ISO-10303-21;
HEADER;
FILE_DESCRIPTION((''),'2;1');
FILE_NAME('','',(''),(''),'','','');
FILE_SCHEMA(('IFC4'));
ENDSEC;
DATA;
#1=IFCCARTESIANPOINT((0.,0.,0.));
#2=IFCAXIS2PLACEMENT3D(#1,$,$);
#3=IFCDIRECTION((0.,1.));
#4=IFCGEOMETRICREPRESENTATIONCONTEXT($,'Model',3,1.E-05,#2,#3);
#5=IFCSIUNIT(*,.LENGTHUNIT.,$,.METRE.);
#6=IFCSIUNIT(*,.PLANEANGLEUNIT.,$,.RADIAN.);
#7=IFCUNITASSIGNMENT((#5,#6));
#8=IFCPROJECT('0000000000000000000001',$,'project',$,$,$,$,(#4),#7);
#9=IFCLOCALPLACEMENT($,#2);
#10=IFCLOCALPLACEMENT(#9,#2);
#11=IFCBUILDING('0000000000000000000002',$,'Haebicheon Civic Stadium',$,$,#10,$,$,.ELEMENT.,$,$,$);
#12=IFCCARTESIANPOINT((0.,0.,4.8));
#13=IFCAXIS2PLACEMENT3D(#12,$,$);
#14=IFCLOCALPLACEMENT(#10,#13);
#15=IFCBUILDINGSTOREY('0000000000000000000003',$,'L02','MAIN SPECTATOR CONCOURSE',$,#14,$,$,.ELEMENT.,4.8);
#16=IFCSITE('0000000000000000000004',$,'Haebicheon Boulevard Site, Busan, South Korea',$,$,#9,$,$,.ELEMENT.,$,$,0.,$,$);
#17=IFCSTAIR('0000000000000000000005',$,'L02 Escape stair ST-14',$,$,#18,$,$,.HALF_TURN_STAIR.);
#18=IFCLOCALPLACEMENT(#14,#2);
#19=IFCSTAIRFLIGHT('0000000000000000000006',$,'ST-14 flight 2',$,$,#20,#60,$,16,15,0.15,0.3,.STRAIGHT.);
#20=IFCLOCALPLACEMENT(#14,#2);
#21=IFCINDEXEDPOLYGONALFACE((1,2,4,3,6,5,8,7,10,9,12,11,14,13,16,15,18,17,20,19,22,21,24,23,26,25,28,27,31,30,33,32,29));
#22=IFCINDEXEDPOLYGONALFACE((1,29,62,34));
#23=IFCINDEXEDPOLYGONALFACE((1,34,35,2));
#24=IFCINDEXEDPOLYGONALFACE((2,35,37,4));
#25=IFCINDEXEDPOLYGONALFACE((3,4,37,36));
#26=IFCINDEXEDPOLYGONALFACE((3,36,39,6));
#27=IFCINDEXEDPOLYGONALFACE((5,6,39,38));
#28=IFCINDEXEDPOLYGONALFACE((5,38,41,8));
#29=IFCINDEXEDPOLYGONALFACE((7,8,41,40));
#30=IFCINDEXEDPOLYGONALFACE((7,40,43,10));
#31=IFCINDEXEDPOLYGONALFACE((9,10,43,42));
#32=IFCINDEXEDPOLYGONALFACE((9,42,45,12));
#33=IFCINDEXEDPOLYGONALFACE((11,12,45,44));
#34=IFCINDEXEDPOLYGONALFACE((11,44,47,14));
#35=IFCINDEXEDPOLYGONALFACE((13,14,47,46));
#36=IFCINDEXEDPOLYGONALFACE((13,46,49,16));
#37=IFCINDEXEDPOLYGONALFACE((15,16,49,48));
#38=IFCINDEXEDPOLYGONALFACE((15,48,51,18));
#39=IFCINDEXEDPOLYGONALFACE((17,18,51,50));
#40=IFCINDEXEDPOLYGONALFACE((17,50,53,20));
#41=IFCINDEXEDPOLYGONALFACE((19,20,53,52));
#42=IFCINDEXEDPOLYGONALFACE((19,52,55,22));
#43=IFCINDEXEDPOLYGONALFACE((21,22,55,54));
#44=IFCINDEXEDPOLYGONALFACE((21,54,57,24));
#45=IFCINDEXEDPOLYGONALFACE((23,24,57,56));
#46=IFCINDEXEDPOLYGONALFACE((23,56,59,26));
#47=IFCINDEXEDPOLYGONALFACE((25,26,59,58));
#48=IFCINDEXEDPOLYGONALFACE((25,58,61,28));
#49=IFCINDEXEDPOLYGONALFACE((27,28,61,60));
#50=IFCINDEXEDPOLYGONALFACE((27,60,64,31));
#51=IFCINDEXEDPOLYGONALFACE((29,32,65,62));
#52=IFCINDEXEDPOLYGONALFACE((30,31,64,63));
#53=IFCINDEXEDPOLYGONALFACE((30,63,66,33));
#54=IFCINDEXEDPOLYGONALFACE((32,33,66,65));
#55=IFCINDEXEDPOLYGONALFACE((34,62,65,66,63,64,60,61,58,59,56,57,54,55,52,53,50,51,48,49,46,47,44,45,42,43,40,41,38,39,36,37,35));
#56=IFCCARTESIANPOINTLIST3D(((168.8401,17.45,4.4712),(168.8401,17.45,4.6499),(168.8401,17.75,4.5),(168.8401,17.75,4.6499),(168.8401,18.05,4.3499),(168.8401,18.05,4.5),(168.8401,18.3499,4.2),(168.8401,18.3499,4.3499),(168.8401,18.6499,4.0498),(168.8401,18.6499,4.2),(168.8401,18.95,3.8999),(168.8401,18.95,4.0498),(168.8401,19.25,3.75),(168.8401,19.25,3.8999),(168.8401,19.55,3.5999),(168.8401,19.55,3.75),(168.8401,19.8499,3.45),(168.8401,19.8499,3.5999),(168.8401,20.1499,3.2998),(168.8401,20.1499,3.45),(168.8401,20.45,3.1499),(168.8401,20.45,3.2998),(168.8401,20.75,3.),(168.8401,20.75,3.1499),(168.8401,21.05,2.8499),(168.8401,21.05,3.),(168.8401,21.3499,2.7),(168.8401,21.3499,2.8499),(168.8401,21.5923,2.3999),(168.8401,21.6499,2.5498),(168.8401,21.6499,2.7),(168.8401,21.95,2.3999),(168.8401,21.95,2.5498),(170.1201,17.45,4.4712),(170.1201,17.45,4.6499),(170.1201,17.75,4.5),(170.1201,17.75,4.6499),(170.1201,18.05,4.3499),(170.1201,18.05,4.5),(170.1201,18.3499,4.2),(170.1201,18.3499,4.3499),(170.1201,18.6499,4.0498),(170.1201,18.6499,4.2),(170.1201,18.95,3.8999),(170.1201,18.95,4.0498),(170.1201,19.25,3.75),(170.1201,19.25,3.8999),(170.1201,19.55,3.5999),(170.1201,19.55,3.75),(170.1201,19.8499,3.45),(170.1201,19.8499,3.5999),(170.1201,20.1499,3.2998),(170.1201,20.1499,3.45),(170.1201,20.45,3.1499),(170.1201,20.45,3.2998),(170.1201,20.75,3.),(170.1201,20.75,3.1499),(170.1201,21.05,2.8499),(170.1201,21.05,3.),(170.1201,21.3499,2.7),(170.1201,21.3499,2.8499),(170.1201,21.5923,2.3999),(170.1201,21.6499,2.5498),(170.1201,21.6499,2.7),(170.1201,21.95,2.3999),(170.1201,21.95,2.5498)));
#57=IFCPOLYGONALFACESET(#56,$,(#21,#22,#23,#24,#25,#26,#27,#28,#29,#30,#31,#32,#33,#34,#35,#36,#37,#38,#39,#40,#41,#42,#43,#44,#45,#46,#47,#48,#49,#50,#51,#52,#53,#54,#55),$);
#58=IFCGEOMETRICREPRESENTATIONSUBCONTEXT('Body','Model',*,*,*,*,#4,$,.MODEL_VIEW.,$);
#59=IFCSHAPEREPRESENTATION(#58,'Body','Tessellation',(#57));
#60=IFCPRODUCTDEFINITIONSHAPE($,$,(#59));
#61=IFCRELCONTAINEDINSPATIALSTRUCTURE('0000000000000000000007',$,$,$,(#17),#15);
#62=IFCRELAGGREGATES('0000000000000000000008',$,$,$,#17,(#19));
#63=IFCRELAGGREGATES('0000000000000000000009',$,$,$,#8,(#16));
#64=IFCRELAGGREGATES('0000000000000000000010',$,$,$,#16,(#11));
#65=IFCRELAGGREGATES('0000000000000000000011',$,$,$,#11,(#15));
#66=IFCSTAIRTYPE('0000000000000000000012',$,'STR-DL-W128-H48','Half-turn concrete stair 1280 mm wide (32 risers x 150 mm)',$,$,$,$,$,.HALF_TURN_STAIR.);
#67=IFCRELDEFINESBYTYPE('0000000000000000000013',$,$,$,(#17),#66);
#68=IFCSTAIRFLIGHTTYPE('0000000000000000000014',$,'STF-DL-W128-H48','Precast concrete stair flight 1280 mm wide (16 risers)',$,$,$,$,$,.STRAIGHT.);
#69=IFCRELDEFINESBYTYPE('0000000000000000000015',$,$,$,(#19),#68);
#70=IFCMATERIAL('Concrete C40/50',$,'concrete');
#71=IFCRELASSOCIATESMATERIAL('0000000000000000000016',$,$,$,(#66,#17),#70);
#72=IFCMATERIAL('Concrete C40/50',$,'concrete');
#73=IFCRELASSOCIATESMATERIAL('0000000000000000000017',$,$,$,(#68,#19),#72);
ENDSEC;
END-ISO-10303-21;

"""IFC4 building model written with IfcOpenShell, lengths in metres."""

from ifc_helpers import new_model, si_unit, direction, frame, origin, place, context, subcontext, project, spatial, polyline, outline, extrude, material, type_object, element, aggregate, save


model = new_model("IFC4")

# Units and contexts
model_context = context("Model", 3, precision=1e-05, world=origin(), true_north=direction((0.0, 1.0)))
body_context = subcontext(model_context, "Body", "Model", "MODEL_VIEW")
ifc_project = project(units=[si_unit("LENGTHUNIT", "METRE"), si_unit("PLANEANGLEUNIT", "RADIAN")], contexts=[model_context])

# Site, building, storey
site_placement = place(None, origin())
site = spatial("IfcSite", under=ifc_project, at=site_placement, Name="Haebicheon Boulevard Site, Busan, South Korea", CompositionType="ELEMENT", RefElevation=0.0)
building_placement = place(site_placement, origin())
building = spatial("IfcBuilding", under=site, at=building_placement, Name="Haebicheon Civic Stadium", CompositionType="ELEMENT")
storey_placement = place(building_placement, frame((0.0, 0.0, 4.8)))
storey = spatial("IfcBuildingStorey", under=building, at=storey_placement, Name="L02", Description="MAIN SPECTATOR CONCOURSE", CompositionType="ELEMENT", Elevation=4.8)

# Stair, stair flight
ifc_material_1 = material(Name="Concrete C40/50", Category="concrete")
stair_type = type_object("IfcStairType", Name="STR-DL-W128-H48", Description="Half-turn concrete stair 1280 mm wide (32 risers x 150 mm)", PredefinedType="HALF_TURN_STAIR", material=ifc_material_1)
stair_placement = place(storey_placement, origin())
stair = element("IfcStair", 1, at=stair_placement, inside=storey, type_object=stair_type, material=ifc_material_1, Name="L02 Escape stair ST-14", PredefinedType="HALF_TURN_STAIR")
ifc_material_2 = material(Name="Concrete C40/50", Category="concrete")
stair_flight_type = type_object("IfcStairFlightType", Name="STF-DL-W128-H48", Description="Precast concrete stair flight 1280 mm wide (16 risers)", PredefinedType="STRAIGHT", material=ifc_material_2)
stair_flight_1_placement = place(storey_placement, frame((169.48, 21.95, 2.3999), z_axis=(0.0, 0.0, 1.0), x_axis=(0.0, -1.0, 0.0)))
stair_flight_1 = element("IfcStairFlight", 2, at=stair_flight_1_placement, type_object=stair_flight_type, material=ifc_material_2, Name="ST-14 flight 2", NumberOfRisers=16, NumberOfTreads=15, PredefinedType="STRAIGHT", RiserHeight=0.15, TreadLength=0.3, context=body_context, shape_type="SweptSolid", body=[
    extrude(outline(polyline([(0.0, 0.0), (0.0, 0.1499), (0.3, 0.1499), (0.3, 0.3), (0.6001, 0.3), (0.6001, 0.45), (0.8999, 0.45), (0.8999, 0.6001), (1.2, 0.6001), (1.2, 0.75), (1.5, 0.75), (1.5, 0.8999), (1.8, 0.8999), (1.8, 1.05), (2.1001, 1.05), (2.1001, 1.2), (2.3999, 1.2), (2.3999, 1.3501), (2.7, 1.3501), (2.7, 1.5), (3.0, 1.5), (3.0, 1.6499), (3.3, 1.6499), (3.3, 1.8), (3.6001, 1.8), (3.6001, 1.95), (3.8999, 1.95), (3.8999, 2.1001), (4.2, 2.1001), (4.2, 2.25), (4.5, 2.25), (4.5, 2.3999), (4.5, 2.0713), (0.3577, 0.0), (0.0, 0.0)])), frame((0.0, 0.6401, 0.0), z_axis=(0.0, -1.0, 0.0), x_axis=(1.0, 0.0, 0.0)), (0.0, 0.0, 1.0), 1.28),
])
aggregate(stair, [stair_flight_1])

save(model, "model.ifc")
